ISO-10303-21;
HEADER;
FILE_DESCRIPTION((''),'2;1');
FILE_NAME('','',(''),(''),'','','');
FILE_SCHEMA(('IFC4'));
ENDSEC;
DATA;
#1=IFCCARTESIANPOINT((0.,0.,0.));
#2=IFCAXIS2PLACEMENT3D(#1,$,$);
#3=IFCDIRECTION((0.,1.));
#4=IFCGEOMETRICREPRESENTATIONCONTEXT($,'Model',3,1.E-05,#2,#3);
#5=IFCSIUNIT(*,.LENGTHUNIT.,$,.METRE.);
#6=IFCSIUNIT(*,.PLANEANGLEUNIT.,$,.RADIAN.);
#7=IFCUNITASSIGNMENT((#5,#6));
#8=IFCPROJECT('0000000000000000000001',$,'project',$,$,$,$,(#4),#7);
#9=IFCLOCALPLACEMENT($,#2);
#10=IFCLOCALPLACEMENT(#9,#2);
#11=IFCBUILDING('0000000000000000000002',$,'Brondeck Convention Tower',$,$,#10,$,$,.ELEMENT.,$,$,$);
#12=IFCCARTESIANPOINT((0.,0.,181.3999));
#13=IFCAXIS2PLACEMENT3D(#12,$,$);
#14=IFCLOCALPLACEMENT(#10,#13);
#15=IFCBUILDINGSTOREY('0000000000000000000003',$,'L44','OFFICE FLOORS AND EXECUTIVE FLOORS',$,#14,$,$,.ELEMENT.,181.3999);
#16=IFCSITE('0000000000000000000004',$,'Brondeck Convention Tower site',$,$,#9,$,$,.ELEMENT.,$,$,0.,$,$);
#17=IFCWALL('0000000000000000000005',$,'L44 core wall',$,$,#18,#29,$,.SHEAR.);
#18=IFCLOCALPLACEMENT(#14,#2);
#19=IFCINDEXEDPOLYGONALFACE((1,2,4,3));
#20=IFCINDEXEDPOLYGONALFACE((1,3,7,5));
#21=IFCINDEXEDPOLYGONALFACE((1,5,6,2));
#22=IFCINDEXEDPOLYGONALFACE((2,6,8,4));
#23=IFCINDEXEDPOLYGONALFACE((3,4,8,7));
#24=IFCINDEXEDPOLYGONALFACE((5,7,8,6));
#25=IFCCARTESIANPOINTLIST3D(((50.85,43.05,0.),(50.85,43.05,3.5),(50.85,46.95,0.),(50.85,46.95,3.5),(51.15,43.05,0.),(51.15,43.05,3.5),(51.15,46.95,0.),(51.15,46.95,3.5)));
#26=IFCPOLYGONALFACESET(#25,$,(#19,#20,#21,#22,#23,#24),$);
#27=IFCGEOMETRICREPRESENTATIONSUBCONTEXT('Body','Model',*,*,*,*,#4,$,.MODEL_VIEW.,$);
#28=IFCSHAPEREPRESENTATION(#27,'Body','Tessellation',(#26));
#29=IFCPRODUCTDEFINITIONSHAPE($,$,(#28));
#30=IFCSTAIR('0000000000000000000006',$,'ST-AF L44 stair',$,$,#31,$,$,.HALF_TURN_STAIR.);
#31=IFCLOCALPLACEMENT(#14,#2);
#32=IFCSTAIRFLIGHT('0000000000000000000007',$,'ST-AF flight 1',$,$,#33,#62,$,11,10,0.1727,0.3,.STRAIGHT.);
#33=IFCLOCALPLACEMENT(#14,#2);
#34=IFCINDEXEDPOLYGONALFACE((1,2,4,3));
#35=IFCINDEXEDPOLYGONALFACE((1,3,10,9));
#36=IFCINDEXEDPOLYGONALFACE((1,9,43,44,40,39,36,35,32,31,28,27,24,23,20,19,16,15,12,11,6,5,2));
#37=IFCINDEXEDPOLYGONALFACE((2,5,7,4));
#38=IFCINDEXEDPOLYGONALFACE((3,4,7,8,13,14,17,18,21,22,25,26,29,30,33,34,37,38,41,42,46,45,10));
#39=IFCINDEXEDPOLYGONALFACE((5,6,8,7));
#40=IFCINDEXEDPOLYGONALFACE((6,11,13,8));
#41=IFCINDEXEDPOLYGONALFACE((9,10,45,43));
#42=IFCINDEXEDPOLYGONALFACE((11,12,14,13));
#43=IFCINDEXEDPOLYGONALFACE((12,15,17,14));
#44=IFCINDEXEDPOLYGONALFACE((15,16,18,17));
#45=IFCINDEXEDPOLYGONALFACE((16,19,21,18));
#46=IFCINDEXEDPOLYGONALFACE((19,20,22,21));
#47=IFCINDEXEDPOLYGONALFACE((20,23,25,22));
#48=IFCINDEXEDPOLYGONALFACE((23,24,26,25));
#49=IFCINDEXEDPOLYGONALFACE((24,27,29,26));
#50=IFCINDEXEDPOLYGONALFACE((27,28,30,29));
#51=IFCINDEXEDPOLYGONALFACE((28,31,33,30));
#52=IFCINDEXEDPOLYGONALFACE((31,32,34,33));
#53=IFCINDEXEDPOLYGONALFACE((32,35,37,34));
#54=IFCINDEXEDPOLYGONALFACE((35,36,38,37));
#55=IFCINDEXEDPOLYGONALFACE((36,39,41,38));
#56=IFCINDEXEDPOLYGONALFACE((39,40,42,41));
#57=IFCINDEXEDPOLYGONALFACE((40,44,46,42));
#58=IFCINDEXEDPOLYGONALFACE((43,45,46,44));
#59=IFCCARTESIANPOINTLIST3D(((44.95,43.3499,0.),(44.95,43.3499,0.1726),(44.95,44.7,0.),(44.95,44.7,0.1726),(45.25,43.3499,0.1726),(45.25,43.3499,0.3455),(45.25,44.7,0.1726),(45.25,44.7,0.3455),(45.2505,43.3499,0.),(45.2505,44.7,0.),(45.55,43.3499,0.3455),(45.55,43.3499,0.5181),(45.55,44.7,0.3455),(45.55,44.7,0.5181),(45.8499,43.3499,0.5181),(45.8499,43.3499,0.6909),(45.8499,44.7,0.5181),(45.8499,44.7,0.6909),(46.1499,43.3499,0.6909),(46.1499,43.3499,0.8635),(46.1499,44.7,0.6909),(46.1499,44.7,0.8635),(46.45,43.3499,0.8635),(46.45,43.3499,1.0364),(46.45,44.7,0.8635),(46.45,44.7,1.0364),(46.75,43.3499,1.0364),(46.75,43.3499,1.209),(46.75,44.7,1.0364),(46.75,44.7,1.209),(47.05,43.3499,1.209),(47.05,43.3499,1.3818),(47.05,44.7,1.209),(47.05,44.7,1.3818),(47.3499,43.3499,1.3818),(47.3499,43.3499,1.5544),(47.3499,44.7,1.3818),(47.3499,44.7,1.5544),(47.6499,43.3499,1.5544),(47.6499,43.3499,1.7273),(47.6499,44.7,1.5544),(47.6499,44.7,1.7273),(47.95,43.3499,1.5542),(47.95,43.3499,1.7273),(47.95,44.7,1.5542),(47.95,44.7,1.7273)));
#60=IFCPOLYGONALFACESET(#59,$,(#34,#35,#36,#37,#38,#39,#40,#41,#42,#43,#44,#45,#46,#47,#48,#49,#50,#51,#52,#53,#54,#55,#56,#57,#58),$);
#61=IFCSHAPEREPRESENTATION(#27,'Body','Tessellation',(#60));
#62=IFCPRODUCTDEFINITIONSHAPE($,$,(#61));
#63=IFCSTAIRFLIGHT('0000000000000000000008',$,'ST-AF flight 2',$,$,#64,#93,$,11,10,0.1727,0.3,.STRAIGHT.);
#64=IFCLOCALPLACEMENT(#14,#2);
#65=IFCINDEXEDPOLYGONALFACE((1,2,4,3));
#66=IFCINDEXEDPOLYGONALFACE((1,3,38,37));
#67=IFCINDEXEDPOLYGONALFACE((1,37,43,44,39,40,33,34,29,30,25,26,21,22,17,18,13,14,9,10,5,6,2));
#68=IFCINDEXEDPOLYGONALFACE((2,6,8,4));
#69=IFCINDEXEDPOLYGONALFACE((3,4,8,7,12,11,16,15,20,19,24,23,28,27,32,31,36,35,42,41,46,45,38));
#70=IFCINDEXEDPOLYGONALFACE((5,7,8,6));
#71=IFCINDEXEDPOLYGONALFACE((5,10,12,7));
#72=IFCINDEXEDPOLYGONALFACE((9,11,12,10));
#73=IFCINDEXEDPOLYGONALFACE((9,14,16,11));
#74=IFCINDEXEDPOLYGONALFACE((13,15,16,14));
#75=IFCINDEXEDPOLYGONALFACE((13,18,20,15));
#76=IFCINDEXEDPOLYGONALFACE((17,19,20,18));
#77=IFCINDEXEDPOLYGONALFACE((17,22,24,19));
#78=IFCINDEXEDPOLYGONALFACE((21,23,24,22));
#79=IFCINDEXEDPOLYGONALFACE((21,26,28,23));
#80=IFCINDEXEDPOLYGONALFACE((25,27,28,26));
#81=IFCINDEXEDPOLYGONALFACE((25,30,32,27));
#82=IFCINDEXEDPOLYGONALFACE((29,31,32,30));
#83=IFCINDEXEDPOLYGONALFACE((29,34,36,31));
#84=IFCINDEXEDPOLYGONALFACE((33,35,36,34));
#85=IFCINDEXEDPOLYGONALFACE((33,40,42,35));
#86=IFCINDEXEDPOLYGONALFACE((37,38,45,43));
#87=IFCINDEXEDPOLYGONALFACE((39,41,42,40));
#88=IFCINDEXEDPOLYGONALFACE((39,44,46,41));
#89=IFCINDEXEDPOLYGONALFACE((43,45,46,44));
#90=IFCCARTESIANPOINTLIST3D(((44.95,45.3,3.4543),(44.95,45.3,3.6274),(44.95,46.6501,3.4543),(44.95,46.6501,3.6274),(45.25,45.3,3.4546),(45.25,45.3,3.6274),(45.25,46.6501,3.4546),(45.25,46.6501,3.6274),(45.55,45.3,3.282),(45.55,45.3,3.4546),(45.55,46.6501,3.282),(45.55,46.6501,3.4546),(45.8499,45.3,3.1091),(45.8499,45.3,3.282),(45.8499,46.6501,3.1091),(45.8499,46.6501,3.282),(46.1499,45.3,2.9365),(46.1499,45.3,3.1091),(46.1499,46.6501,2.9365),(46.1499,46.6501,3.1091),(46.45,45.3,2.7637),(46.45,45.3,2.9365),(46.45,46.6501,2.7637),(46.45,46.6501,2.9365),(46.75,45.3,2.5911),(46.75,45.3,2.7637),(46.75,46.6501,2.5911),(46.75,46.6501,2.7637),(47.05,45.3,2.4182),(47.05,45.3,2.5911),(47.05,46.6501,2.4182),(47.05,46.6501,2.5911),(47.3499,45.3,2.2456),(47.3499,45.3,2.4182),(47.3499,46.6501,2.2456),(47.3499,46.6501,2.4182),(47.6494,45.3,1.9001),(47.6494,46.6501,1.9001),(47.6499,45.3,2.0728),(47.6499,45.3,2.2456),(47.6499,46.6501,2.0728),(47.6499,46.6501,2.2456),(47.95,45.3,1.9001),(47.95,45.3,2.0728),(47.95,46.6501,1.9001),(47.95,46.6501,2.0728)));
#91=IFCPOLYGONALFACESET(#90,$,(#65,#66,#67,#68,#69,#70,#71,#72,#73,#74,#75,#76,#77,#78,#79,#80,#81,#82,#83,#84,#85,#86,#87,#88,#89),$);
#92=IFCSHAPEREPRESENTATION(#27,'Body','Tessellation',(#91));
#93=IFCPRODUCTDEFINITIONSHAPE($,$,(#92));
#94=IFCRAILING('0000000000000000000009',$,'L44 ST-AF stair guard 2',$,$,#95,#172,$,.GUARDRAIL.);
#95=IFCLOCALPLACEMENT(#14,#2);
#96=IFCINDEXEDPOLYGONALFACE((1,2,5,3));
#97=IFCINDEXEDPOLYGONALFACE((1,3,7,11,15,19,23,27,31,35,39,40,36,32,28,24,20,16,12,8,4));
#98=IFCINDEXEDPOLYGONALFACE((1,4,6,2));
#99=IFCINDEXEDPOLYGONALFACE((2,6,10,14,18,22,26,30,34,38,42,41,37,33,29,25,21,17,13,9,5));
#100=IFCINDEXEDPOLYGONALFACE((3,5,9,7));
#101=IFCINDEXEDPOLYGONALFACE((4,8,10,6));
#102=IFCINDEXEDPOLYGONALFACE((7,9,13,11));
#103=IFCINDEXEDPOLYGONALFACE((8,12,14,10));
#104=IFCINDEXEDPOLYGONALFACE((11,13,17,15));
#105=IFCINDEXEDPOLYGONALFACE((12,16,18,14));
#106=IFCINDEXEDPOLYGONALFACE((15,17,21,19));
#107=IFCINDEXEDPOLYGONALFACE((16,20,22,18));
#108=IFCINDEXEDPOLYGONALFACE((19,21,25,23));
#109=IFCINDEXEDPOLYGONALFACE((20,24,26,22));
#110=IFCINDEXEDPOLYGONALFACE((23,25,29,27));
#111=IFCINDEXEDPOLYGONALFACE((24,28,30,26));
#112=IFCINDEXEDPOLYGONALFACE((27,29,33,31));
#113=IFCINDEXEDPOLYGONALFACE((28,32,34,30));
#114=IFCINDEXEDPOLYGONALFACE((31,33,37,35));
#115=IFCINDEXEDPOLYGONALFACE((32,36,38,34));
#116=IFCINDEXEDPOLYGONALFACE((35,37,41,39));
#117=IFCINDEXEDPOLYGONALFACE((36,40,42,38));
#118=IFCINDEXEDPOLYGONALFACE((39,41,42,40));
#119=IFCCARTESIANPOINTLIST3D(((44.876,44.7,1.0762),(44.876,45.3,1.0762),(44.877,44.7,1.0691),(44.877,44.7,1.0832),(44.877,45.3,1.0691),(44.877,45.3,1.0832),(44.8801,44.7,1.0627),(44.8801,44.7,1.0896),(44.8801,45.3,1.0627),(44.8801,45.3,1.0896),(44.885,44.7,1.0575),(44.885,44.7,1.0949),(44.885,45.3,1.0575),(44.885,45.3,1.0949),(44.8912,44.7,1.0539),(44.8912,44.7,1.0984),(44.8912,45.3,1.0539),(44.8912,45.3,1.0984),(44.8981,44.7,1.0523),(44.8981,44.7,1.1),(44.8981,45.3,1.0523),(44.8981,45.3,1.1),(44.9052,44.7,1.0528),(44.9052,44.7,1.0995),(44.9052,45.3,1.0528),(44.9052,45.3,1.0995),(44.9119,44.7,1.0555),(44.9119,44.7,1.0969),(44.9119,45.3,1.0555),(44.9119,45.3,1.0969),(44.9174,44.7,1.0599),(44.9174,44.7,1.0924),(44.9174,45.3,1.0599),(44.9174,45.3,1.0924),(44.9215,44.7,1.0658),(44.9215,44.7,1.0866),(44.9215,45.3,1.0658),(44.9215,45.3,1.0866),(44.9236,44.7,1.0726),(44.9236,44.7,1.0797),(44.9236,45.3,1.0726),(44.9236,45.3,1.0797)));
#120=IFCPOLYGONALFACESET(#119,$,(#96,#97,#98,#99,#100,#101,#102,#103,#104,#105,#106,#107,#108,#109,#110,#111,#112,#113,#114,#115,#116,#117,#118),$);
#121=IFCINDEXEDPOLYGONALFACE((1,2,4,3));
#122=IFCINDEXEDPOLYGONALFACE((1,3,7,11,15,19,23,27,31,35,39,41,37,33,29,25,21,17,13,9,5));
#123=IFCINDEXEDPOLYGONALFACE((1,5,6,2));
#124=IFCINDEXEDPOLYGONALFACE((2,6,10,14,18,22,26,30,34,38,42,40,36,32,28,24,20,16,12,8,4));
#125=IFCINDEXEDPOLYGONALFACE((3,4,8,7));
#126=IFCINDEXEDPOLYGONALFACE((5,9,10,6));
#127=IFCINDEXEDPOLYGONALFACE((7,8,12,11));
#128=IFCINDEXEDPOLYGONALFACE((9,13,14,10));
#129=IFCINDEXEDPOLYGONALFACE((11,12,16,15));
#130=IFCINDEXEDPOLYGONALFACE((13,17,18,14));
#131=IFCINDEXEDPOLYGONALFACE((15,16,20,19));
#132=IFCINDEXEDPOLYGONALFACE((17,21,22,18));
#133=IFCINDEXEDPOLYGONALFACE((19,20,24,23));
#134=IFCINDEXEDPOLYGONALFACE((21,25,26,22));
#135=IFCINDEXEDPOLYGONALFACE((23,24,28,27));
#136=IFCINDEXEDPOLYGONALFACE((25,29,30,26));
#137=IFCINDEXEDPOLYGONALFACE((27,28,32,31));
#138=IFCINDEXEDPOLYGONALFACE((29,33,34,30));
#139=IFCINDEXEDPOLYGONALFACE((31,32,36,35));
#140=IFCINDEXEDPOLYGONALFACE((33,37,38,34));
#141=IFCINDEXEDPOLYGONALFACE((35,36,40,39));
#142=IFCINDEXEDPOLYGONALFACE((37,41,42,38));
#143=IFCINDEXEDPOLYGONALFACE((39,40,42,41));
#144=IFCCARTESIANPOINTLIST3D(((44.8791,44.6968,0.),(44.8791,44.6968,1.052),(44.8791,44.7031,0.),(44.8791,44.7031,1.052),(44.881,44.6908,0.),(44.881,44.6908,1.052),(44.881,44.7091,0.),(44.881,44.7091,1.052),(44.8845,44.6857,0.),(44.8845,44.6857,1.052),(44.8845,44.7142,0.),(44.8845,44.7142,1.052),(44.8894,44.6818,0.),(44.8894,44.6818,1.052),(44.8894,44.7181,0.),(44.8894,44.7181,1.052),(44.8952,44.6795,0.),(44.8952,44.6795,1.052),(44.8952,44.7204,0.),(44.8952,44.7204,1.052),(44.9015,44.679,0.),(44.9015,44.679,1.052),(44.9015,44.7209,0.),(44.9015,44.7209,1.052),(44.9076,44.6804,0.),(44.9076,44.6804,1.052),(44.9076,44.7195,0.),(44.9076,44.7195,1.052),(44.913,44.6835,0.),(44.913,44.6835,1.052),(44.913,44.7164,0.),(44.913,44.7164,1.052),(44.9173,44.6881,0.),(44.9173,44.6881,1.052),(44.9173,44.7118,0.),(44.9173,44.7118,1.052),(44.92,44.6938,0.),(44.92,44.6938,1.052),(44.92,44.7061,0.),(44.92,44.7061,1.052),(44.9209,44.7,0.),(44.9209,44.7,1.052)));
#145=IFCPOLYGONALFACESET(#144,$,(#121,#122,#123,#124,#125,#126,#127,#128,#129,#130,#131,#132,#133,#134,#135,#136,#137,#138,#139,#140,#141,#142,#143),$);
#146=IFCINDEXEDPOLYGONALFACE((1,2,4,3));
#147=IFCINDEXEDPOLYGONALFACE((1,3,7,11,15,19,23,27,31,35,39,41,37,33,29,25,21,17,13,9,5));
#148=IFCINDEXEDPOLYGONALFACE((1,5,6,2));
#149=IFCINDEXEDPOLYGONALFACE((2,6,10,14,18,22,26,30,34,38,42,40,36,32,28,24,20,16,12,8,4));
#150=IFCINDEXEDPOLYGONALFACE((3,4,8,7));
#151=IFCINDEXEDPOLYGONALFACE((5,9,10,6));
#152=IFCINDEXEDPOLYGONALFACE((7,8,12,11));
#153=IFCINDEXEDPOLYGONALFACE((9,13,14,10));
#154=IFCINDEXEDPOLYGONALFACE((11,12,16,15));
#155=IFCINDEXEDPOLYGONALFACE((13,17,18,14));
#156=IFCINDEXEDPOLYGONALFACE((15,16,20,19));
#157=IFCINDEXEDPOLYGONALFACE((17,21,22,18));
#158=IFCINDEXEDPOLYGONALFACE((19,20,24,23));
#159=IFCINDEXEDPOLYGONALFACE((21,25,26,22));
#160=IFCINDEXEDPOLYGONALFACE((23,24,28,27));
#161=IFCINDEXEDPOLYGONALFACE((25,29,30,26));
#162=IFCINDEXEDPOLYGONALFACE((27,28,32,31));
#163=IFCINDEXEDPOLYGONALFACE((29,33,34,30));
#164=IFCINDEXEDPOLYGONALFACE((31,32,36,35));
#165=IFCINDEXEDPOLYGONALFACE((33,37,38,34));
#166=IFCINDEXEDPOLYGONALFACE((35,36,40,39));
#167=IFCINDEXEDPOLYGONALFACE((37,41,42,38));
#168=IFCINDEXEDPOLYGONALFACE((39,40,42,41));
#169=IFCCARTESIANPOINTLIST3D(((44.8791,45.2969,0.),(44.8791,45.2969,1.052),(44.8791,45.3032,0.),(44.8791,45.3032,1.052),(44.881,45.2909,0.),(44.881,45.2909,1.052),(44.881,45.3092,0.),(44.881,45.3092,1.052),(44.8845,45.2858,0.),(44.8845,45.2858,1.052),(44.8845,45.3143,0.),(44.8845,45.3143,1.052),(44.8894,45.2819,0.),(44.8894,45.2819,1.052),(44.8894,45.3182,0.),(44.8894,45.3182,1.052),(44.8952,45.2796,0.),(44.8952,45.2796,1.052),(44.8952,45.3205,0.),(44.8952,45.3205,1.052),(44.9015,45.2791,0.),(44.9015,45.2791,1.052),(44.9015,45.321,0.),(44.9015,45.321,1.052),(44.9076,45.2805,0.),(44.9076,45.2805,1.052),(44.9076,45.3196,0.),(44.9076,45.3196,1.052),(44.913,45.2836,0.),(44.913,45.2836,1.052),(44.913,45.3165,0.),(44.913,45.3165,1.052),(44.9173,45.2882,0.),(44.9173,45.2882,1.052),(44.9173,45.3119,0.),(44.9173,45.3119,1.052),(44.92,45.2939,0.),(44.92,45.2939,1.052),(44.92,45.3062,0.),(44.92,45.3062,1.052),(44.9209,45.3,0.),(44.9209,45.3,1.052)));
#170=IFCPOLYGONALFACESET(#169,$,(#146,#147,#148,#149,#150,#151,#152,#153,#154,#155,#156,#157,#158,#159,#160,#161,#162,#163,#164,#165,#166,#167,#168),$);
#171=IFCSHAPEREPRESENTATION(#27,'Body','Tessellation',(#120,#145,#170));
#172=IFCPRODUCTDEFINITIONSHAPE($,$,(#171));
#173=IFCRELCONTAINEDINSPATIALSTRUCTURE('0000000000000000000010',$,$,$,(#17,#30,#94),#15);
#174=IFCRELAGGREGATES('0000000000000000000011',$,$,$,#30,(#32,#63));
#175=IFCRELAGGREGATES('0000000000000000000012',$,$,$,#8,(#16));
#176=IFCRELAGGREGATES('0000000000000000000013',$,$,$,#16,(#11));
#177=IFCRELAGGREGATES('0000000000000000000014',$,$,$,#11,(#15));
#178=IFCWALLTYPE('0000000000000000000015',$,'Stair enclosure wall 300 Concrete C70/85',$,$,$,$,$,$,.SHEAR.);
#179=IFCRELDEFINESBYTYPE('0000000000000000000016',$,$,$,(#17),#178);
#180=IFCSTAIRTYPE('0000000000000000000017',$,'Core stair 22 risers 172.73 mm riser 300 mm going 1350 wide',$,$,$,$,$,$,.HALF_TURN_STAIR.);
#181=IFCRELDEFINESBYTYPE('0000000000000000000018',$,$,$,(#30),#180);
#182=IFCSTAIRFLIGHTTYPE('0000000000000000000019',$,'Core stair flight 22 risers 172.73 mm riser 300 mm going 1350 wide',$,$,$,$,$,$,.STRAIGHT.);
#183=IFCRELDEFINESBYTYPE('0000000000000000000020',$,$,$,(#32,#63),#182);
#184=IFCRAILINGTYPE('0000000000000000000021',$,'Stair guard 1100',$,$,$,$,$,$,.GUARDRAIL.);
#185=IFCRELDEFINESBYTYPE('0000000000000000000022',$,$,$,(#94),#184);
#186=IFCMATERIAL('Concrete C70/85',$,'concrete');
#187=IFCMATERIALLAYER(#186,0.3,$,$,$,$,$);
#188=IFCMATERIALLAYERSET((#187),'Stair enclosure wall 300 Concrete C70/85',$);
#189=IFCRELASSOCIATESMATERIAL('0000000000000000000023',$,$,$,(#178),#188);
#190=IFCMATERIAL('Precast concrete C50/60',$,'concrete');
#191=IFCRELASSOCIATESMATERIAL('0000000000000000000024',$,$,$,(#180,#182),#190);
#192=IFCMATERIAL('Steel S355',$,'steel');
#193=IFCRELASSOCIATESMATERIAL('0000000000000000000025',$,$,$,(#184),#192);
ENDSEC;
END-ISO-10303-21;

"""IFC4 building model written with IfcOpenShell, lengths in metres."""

from ifc_helpers import new_model, si_unit, direction, frame, frame_2d, origin, origin_2d, place, context, subcontext, project, spatial, polyline, rectangle, circle, outline, extrude, material, layer, layer_set, type_object, element, aggregate, save


model = new_model("IFC4")

# Units and contexts
model_context = context("Model", 3, precision=1e-05, world=origin(), true_north=direction((0.0, 1.0)))
body_context = subcontext(model_context, "Body", "Model", "MODEL_VIEW")
ifc_project = project(units=[si_unit("LENGTHUNIT", "METRE"), si_unit("PLANEANGLEUNIT", "RADIAN")], contexts=[model_context])

# Site, building, storey
site_placement = place(None, origin())
site = spatial("IfcSite", under=ifc_project, at=site_placement, Name="Brondeck Convention Tower site", CompositionType="ELEMENT", RefElevation=0.0)
building_placement = place(site_placement, origin())
building = spatial("IfcBuilding", under=site, at=building_placement, Name="Brondeck Convention Tower", CompositionType="ELEMENT")
storey_placement = place(building_placement, frame((0.0, 0.0, 181.3999)))
storey = spatial("IfcBuildingStorey", under=building, at=storey_placement, Name="L44", Description="OFFICE FLOORS AND EXECUTIVE FLOORS", CompositionType="ELEMENT", Elevation=181.3999)

# Shared definitions
ifc_material_1 = material(Name="Concrete C70/85", Category="concrete")

# Shared definitions
ifc_material_2 = material(Name="Steel S355", Category="steel")

# Shared definitions
ifc_layer_1 = layer(ifc_material_1, 0.3)
ifc_layer_set_1 = layer_set([ifc_layer_1], Name="Stair enclosure wall 300 Concrete C70/85")
wall_type_1 = type_object("IfcWallType", Name="Stair enclosure wall 300 Concrete C70/85", PredefinedType="SHEAR", material=ifc_layer_set_1)

# Wall
wall_1_placement = place(storey_placement, frame((51.0, 43.05, 0.0), z_axis=(0.0, 0.0, 1.0), x_axis=(0.0, 1.0, 0.0)))
element("IfcWall", 1, at=wall_1_placement, inside=storey, type_object=wall_type_1, Name="L44 core wall", PredefinedType="SHEAR", context=body_context, shape_type="SweptSolid", body=[
    extrude(rectangle(XDim=3.8999, YDim=0.3, at=frame_2d((1.95, 0.0))), origin(), (0.0, 0.0, 1.0), 3.5),
])

# Stair, stair flights
ifc_material_3 = material(Name="Precast concrete C50/60", Category="concrete")
stair_type = type_object("IfcStairType", Name="Core stair 22 risers 172.73 mm riser 300 mm going 1350 wide", PredefinedType="HALF_TURN_STAIR", material=ifc_material_3)
stair_placement = place(storey_placement, origin())
stair = element("IfcStair", 2, at=stair_placement, inside=storey, type_object=stair_type, Name="ST-AF L44 stair", PredefinedType="HALF_TURN_STAIR")
stair_flight_type = type_object("IfcStairFlightType", Name="Core stair flight 22 risers 172.73 mm riser 300 mm going 1350 wide", PredefinedType="STRAIGHT", material=ifc_material_3)
stair_flight_1_placement = place(storey_placement, frame((44.95, 44.0249, 0.0), z_axis=(0.0, 0.0, 1.0), x_axis=(1.0, 0.0, 0.0)))
stair_flight_1 = element("IfcStairFlight", 3, at=stair_flight_1_placement, type_object=stair_flight_type, Name="ST-AF flight 1", NumberOfRisers=11, NumberOfTreads=10, PredefinedType="STRAIGHT", RiserHeight=0.1727, TreadLength=0.3, context=body_context, shape_type="SweptSolid", body=[
    extrude(outline(polyline([(0.0, 0.0), (0.0, 0.1726), (0.3, 0.1726), (0.3, 0.3455), (0.6001, 0.3455), (0.6001, 0.5181), (0.8999, 0.5181), (0.8999, 0.6909), (1.2, 0.6909), (1.2, 0.8635), (1.5, 0.8635), (1.5, 1.0364), (1.8, 1.0364), (1.8, 1.209), (2.1001, 1.209), (2.1001, 1.3818), (2.3999, 1.3818), (2.3999, 1.5544), (2.7, 1.5544), (2.7, 1.7273), (3.0, 1.7273), (3.0, 1.8999), (3.0, 1.5542), (0.3005, 0.0), (0.0, 0.0)])), frame((0.0, 0.675, 0.0), z_axis=(0.0, -1.0, 0.0), x_axis=(1.0, 0.0, 0.0)), (0.0, 0.0, 1.0), 1.3501),
])
stair_flight_2_placement = place(storey_placement, frame((47.95, 45.9751, 1.9001), z_axis=(0.0, 0.0, 1.0), x_axis=(-1.0, 0.0, 0.0)))
stair_flight_2 = element("IfcStairFlight", 4, at=stair_flight_2_placement, type_object=stair_flight_type, Name="ST-AF flight 2", NumberOfRisers=11, NumberOfTreads=10, PredefinedType="STRAIGHT", RiserHeight=0.1727, TreadLength=0.3, context=body_context, shape_type="SweptSolid", body=[
    extrude(outline(polyline([(0.0, 0.0), (0.0, 0.1726), (0.3, 0.1726), (0.3, 0.3455), (0.6001, 0.3455), (0.6001, 0.5181), (0.8999, 0.5181), (0.8999, 0.6909), (1.2, 0.6909), (1.2, 0.8635), (1.5, 0.8635), (1.5, 1.0364), (1.8, 1.0364), (1.8, 1.209), (2.1001, 1.209), (2.1001, 1.3818), (2.3999, 1.3818), (2.3999, 1.5544), (2.7, 1.5544), (2.7, 1.7273), (3.0, 1.7273), (3.0, 1.8999), (3.0, 1.5542), (0.3005, 0.0), (0.0, 0.0)])), frame((0.0, 0.675, 0.0), z_axis=(0.0, -1.0, 0.0), x_axis=(1.0, 0.0, 0.0)), (0.0, 0.0, 1.0), 1.3501),
])
aggregate(stair, [stair_flight_1, stair_flight_2])

# Railing
railing_type_1 = type_object("IfcRailingType", Name="Stair guard 1100", PredefinedType="GUARDRAIL", material=ifc_material_2)
railing_1_placement = place(storey_placement, frame((44.8999, 44.7, 0.0)))
element("IfcRailing", 5, at=railing_1_placement, inside=storey, type_object=railing_type_1, Name="L44 ST-AF stair guard 2", PredefinedType="GUARDRAIL", context=body_context, shape_type="SweptSolid", body=[
    extrude(circle(Radius=0.0239, at=origin_2d()), frame((0.0, 0.0, 1.0762), z_axis=(0.0, 1.0, 0.0), x_axis=(-1.0, 0.0, 0.0)), (0.0, 0.0, 1.0), 0.6001),
    extrude(circle(Radius=0.021, at=origin_2d()), origin(), (0.0, 0.0, 1.0), 1.052),
    extrude(circle(Radius=0.021, at=origin_2d()), frame((0.0, 0.6001, 0.0)), (0.0, 0.0, 1.0), 1.052),
])

save(model, "model.ifc")
